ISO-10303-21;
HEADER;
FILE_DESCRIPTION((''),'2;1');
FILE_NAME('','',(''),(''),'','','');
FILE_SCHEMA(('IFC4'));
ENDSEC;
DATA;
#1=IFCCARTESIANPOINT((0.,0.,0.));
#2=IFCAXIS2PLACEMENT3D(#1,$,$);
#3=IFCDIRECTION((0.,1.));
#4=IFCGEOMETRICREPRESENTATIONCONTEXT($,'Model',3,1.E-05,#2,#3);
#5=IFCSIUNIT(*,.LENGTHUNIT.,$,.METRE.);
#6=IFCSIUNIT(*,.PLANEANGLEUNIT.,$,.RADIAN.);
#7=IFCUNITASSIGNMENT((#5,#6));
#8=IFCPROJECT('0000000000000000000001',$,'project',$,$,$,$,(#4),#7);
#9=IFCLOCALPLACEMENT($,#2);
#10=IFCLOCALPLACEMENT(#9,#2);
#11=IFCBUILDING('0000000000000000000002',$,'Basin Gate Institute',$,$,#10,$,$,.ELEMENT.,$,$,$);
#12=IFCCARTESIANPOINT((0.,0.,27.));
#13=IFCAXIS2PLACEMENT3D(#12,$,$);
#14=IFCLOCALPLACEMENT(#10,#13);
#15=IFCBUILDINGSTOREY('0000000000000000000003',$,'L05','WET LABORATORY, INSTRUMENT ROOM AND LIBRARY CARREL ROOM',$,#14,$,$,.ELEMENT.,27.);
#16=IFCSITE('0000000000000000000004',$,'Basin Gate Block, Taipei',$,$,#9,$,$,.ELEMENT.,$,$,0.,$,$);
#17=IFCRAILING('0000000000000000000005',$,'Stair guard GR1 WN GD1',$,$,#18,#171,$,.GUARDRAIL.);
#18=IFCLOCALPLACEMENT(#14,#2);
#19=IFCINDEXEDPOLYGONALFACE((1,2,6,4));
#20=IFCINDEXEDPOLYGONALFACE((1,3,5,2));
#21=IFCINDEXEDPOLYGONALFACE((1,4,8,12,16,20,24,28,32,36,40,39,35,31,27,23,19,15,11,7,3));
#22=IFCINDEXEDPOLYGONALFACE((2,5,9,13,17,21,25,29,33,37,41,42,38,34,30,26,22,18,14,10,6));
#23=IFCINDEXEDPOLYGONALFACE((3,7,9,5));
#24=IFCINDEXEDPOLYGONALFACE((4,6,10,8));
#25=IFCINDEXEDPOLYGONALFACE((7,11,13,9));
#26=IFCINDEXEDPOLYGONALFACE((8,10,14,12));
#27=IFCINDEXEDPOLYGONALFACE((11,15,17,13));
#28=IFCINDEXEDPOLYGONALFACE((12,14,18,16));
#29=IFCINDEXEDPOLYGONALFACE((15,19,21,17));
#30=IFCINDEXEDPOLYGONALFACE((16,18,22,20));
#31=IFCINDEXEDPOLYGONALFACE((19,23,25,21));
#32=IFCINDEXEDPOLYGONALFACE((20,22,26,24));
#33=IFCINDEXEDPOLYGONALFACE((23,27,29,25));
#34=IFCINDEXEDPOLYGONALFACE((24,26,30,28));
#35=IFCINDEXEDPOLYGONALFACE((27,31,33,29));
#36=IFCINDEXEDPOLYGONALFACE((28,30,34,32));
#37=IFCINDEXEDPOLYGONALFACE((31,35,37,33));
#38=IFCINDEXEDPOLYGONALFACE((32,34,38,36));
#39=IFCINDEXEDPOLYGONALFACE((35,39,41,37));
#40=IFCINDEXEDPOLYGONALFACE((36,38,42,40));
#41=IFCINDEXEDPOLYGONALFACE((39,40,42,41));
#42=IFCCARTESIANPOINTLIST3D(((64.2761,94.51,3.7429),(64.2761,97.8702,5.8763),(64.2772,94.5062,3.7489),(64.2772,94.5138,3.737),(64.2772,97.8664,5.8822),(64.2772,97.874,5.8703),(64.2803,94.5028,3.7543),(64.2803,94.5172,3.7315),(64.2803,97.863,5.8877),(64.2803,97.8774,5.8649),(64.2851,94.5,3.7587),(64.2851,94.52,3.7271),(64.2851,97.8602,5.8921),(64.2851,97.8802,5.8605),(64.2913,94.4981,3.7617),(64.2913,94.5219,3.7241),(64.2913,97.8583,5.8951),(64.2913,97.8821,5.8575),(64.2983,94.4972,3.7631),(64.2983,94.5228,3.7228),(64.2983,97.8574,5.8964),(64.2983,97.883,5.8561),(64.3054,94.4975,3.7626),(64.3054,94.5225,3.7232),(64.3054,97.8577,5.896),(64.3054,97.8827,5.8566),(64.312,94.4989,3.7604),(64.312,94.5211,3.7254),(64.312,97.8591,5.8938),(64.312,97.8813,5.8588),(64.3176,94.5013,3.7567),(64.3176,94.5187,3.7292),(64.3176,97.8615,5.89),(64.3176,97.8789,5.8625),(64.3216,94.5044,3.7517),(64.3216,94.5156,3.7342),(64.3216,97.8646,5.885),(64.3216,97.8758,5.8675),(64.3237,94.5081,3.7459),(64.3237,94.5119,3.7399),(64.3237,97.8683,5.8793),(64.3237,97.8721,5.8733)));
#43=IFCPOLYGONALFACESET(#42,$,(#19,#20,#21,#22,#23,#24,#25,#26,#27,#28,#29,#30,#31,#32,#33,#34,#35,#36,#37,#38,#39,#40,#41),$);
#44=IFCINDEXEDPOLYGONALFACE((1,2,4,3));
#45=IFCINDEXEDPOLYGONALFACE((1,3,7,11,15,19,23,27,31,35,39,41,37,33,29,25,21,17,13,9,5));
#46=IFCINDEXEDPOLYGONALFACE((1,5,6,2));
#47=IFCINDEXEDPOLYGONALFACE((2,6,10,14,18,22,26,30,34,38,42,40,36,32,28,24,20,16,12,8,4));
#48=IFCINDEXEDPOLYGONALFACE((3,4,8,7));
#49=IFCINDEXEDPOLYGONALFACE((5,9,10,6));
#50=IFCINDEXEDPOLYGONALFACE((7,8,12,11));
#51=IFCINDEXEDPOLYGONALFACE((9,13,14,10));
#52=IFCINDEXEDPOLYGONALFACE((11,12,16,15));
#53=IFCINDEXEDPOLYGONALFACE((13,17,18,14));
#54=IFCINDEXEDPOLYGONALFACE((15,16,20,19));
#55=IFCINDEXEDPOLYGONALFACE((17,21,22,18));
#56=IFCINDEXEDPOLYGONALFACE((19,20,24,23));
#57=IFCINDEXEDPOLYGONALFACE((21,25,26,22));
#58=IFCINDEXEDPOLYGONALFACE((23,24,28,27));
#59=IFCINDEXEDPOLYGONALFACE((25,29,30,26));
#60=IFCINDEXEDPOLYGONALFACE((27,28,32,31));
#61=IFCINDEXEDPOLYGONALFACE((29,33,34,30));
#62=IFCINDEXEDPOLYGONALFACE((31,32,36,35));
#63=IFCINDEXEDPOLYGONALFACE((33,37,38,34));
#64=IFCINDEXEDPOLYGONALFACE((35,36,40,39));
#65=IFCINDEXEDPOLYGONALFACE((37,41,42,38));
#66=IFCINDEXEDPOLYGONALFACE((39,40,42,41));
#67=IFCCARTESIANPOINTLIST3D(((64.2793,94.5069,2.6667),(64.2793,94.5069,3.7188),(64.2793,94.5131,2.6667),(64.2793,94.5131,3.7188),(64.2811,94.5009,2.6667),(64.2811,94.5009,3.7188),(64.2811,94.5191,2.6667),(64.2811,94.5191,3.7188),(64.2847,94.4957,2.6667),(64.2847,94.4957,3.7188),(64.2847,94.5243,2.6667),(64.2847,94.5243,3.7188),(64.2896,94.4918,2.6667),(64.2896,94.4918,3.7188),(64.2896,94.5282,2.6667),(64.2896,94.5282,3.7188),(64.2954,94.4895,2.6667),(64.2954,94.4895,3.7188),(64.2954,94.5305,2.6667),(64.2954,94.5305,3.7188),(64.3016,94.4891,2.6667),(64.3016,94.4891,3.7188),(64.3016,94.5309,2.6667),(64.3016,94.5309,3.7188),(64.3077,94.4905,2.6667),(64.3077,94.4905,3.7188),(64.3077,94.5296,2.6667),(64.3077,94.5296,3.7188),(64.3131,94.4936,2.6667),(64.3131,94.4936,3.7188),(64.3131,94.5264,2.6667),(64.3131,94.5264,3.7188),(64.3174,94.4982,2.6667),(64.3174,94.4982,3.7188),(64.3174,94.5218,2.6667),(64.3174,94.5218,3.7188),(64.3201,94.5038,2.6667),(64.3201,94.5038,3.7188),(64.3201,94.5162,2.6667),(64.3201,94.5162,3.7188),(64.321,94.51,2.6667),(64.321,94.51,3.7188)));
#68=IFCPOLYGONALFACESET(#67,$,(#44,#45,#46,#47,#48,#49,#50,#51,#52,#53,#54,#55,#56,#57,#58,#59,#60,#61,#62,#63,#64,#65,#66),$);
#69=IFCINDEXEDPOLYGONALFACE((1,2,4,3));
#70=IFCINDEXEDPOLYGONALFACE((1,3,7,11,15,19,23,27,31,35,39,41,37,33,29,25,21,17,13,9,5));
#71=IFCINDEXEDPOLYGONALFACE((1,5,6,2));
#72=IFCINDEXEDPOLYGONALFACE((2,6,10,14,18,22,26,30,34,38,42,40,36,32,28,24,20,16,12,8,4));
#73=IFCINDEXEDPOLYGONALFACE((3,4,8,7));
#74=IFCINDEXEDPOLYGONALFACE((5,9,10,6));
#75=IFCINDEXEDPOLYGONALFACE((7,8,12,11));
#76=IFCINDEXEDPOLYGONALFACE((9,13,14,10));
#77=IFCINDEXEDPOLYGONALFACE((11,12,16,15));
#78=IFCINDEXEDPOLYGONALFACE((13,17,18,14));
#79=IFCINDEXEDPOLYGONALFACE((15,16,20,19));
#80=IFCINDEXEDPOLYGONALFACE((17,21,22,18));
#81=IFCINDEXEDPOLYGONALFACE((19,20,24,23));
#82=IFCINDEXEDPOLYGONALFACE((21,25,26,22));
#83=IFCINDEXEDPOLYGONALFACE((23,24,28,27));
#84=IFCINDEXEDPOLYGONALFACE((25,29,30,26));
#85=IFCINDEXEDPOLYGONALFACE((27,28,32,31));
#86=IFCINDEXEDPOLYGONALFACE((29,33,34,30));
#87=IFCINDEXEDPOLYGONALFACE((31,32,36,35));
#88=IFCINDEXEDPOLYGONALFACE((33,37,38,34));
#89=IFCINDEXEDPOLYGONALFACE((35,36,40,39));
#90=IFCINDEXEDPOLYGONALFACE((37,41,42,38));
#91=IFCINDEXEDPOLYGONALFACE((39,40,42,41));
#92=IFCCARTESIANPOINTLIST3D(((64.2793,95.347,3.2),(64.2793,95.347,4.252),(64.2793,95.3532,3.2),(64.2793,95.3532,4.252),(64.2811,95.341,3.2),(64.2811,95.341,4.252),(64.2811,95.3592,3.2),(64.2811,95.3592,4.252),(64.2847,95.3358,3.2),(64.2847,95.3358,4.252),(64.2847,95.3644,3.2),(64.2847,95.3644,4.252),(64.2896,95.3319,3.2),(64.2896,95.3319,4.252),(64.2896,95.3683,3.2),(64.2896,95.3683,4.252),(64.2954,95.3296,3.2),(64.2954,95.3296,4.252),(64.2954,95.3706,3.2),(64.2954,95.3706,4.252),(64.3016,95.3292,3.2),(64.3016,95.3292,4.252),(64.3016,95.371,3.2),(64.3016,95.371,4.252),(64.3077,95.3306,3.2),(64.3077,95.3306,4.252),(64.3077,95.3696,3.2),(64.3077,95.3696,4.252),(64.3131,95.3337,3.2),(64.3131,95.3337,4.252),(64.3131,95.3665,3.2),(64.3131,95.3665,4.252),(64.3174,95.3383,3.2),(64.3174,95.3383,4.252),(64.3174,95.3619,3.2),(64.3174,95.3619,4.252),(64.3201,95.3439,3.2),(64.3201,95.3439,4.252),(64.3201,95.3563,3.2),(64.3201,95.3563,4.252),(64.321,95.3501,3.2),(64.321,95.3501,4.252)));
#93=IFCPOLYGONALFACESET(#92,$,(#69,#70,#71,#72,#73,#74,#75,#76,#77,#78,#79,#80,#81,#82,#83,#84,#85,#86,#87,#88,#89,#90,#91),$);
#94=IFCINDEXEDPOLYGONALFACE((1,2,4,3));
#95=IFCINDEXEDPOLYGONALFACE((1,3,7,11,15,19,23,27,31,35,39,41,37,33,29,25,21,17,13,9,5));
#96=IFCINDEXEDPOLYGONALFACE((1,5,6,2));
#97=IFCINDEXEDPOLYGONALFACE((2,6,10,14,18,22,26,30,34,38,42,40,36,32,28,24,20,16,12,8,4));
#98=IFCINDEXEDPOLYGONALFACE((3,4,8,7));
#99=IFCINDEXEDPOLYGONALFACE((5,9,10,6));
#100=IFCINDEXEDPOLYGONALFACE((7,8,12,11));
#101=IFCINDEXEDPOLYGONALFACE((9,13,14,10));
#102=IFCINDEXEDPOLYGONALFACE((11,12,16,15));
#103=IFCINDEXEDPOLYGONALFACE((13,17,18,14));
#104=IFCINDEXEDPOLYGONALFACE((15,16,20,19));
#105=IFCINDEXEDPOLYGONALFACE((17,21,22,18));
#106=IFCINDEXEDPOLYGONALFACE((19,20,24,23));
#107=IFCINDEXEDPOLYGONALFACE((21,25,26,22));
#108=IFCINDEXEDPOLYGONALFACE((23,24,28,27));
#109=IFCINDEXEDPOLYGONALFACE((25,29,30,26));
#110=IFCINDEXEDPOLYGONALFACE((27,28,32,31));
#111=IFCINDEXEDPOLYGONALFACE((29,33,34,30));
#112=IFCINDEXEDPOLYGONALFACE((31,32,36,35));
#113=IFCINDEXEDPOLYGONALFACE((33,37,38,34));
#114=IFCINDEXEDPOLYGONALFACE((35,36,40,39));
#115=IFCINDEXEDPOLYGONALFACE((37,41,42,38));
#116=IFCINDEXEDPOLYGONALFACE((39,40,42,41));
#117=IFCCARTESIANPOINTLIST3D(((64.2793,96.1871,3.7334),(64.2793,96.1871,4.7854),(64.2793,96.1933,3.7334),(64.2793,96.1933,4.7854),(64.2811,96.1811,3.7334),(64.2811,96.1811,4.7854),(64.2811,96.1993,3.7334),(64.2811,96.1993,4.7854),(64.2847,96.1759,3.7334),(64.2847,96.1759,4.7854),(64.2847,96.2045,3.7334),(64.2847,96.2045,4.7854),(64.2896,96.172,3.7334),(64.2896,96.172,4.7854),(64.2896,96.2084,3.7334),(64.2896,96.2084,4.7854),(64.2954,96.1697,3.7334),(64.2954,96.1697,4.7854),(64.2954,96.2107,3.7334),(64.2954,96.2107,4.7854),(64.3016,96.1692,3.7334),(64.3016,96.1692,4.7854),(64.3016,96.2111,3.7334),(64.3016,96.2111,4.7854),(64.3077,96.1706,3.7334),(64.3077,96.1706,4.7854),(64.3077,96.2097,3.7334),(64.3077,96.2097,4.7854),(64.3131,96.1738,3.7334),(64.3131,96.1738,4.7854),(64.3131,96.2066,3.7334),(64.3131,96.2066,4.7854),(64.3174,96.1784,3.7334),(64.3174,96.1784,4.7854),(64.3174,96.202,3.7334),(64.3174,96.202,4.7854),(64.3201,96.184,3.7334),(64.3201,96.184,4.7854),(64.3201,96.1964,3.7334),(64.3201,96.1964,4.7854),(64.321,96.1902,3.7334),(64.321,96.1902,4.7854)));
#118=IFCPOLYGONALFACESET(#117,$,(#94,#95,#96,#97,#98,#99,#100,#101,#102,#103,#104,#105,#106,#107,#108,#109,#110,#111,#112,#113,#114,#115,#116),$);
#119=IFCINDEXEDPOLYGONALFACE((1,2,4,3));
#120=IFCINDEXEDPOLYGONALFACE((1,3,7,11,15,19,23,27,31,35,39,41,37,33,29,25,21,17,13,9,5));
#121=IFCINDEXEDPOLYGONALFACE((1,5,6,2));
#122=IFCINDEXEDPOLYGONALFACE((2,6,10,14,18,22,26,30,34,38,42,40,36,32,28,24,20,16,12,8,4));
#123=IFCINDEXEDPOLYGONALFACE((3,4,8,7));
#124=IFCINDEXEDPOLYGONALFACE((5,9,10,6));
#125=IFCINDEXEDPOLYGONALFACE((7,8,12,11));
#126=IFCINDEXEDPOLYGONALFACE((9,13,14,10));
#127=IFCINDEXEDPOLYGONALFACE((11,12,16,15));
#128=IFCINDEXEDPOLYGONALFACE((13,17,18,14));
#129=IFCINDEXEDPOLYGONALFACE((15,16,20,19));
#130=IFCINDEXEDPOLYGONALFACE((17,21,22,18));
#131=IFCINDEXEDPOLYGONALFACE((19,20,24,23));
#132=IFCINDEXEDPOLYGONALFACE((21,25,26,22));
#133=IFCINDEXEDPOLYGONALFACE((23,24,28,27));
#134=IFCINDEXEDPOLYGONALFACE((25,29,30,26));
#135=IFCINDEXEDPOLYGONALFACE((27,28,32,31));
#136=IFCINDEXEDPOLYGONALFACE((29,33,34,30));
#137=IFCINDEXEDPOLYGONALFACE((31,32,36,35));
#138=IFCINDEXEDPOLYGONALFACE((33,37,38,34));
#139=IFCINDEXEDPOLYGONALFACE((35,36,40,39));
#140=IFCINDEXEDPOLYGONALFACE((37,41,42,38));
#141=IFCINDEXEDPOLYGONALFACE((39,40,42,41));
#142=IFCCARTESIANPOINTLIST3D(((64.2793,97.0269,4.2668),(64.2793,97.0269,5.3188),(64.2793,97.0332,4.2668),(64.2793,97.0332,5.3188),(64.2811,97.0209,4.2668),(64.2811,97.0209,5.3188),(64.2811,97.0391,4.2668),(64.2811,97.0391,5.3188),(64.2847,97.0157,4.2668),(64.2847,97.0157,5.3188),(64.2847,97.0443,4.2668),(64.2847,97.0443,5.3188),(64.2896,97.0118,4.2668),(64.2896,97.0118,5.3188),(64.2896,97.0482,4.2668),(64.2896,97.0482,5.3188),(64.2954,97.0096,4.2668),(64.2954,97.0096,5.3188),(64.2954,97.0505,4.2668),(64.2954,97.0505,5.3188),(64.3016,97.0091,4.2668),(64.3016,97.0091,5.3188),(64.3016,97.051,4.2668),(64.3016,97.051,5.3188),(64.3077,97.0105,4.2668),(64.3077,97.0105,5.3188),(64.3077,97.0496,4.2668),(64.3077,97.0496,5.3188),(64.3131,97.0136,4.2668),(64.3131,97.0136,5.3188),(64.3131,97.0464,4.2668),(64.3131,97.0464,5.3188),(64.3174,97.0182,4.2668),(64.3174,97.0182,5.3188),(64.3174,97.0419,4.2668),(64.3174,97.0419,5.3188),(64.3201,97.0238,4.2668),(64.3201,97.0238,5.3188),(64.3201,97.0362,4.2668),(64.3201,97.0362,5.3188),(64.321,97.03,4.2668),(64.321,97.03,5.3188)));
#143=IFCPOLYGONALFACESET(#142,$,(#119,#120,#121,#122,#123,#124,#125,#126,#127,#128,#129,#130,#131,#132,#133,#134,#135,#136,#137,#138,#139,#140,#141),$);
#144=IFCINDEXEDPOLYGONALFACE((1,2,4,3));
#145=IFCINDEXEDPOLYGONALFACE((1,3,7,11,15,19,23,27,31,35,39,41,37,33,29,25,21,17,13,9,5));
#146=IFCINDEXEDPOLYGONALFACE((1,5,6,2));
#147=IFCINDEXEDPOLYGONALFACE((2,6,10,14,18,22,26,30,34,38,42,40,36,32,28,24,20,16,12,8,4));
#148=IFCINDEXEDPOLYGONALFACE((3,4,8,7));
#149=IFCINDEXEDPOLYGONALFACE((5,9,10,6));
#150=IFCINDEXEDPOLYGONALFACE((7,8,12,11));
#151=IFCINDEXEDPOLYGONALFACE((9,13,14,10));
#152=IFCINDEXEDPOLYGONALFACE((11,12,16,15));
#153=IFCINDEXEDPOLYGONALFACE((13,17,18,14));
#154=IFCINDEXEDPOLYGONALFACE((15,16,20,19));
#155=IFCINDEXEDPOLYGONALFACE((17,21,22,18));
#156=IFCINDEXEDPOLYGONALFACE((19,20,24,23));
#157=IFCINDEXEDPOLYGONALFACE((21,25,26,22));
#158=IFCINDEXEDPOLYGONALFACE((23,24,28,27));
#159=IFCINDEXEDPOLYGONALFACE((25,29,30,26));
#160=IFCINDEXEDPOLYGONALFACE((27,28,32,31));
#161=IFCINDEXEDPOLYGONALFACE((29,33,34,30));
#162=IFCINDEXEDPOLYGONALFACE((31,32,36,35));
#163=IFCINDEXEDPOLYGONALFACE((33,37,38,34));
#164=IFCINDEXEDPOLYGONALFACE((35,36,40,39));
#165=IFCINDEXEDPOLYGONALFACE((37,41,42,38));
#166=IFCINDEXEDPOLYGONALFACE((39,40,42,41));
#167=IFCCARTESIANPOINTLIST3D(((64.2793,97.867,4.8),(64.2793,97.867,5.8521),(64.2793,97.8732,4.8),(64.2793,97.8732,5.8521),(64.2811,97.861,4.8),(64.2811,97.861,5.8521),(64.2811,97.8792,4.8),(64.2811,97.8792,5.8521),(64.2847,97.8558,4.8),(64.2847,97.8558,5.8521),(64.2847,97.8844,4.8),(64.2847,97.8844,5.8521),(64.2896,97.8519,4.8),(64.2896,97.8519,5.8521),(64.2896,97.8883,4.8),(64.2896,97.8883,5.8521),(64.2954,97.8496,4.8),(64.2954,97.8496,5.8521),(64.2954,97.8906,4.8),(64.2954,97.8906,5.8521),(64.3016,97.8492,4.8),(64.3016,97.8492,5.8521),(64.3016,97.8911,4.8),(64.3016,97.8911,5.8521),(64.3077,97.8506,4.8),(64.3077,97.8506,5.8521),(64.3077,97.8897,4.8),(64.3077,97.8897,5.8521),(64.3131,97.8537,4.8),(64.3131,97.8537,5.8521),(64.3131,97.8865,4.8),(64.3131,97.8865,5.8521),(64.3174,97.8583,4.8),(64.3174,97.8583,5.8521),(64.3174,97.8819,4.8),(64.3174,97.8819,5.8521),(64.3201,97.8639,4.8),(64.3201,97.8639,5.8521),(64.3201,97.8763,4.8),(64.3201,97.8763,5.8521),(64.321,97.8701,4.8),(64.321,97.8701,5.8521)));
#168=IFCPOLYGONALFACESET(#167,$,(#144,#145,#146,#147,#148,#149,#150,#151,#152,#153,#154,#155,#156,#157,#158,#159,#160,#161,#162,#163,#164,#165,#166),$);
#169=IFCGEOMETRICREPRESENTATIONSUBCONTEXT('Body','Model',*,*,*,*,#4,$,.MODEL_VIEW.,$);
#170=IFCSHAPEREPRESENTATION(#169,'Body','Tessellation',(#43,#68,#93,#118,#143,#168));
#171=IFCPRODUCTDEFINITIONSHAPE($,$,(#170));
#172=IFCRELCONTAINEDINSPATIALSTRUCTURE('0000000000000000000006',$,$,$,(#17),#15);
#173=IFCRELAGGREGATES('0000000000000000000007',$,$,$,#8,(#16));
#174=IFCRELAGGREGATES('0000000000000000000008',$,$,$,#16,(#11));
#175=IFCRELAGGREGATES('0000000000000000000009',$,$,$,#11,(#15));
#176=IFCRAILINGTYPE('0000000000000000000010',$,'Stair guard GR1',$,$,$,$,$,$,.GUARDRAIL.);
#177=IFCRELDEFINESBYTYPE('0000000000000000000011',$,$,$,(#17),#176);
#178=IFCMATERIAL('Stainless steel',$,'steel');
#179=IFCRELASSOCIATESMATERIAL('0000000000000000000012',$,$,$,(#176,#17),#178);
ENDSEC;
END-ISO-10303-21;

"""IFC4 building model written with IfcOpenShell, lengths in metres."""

from ifc_helpers import new_model, si_unit, direction, frame, origin, origin_2d, place, context, subcontext, project, spatial, circle, extrude, material, type_object, element, save


model = new_model("IFC4")

# Units and contexts
model_context = context("Model", 3, precision=1e-05, world=origin(), true_north=direction((0.0, 1.0)))
body_context = subcontext(model_context, "Body", "Model", "MODEL_VIEW")
ifc_project = project(units=[si_unit("LENGTHUNIT", "METRE"), si_unit("PLANEANGLEUNIT", "RADIAN")], contexts=[model_context])

# Site, building, storey
site_placement = place(None, origin())
site = spatial("IfcSite", under=ifc_project, at=site_placement, Name="Basin Gate Block, Taipei", CompositionType="ELEMENT", RefElevation=0.0)
building_placement = place(site_placement, origin())
building = spatial("IfcBuilding", under=site, at=building_placement, Name="Basin Gate Institute", CompositionType="ELEMENT")
storey_placement = place(building_placement, frame((0.0, 0.0, 27.0)))
storey = spatial("IfcBuildingStorey", under=building, at=storey_placement, Name="L05", Description="WET LABORATORY, INSTRUMENT ROOM AND LIBRARY CARREL ROOM", CompositionType="ELEMENT", Elevation=27.0)

# Railing
ifc_material_1 = material(Name="Stainless steel", Category="steel")
railing_type_1 = type_object("IfcRailingType", Name="Stair guard GR1", PredefinedType="GUARDRAIL", material=ifc_material_1)
railing_1_placement = place(storey_placement, frame((64.3, 94.51, 2.6667)))
element("IfcRailing", 1, at=railing_1_placement, inside=storey, type_object=railing_type_1, material=ifc_material_1, Name="Stair guard GR1 WN GD1", PredefinedType="GUARDRAIL", context=body_context, shape_type="SweptSolid", body=[
    extrude(circle(Radius=0.0239, at=origin_2d()), frame((0.0, 0.0, 1.0762), z_axis=(0.0, 0.844224, 0.53599), x_axis=(-1.0, 0.0, 0.0)), (0.0, 0.0, 1.0), 3.9802),
    extrude(circle(Radius=0.021, at=origin_2d()), origin(), (0.0, 0.0, 1.0), 1.052),
    extrude(circle(Radius=0.021, at=origin_2d()), frame((0.0, 0.8401, 0.5332)), (0.0, 0.0, 1.0), 1.052),
    extrude(circle(Radius=0.021, at=origin_2d()), frame((0.0, 1.6802, 1.0667)), (0.0, 0.0, 1.0), 1.052),
    extrude(circle(Radius=0.021, at=origin_2d()), frame((0.0, 2.52, 1.6001)), (0.0, 0.0, 1.0), 1.052),
    extrude(circle(Radius=0.021, at=origin_2d()), frame((0.0, 3.3601, 2.1333)), (0.0, 0.0, 1.0), 1.052),
])

save(model, "model.ifc")
